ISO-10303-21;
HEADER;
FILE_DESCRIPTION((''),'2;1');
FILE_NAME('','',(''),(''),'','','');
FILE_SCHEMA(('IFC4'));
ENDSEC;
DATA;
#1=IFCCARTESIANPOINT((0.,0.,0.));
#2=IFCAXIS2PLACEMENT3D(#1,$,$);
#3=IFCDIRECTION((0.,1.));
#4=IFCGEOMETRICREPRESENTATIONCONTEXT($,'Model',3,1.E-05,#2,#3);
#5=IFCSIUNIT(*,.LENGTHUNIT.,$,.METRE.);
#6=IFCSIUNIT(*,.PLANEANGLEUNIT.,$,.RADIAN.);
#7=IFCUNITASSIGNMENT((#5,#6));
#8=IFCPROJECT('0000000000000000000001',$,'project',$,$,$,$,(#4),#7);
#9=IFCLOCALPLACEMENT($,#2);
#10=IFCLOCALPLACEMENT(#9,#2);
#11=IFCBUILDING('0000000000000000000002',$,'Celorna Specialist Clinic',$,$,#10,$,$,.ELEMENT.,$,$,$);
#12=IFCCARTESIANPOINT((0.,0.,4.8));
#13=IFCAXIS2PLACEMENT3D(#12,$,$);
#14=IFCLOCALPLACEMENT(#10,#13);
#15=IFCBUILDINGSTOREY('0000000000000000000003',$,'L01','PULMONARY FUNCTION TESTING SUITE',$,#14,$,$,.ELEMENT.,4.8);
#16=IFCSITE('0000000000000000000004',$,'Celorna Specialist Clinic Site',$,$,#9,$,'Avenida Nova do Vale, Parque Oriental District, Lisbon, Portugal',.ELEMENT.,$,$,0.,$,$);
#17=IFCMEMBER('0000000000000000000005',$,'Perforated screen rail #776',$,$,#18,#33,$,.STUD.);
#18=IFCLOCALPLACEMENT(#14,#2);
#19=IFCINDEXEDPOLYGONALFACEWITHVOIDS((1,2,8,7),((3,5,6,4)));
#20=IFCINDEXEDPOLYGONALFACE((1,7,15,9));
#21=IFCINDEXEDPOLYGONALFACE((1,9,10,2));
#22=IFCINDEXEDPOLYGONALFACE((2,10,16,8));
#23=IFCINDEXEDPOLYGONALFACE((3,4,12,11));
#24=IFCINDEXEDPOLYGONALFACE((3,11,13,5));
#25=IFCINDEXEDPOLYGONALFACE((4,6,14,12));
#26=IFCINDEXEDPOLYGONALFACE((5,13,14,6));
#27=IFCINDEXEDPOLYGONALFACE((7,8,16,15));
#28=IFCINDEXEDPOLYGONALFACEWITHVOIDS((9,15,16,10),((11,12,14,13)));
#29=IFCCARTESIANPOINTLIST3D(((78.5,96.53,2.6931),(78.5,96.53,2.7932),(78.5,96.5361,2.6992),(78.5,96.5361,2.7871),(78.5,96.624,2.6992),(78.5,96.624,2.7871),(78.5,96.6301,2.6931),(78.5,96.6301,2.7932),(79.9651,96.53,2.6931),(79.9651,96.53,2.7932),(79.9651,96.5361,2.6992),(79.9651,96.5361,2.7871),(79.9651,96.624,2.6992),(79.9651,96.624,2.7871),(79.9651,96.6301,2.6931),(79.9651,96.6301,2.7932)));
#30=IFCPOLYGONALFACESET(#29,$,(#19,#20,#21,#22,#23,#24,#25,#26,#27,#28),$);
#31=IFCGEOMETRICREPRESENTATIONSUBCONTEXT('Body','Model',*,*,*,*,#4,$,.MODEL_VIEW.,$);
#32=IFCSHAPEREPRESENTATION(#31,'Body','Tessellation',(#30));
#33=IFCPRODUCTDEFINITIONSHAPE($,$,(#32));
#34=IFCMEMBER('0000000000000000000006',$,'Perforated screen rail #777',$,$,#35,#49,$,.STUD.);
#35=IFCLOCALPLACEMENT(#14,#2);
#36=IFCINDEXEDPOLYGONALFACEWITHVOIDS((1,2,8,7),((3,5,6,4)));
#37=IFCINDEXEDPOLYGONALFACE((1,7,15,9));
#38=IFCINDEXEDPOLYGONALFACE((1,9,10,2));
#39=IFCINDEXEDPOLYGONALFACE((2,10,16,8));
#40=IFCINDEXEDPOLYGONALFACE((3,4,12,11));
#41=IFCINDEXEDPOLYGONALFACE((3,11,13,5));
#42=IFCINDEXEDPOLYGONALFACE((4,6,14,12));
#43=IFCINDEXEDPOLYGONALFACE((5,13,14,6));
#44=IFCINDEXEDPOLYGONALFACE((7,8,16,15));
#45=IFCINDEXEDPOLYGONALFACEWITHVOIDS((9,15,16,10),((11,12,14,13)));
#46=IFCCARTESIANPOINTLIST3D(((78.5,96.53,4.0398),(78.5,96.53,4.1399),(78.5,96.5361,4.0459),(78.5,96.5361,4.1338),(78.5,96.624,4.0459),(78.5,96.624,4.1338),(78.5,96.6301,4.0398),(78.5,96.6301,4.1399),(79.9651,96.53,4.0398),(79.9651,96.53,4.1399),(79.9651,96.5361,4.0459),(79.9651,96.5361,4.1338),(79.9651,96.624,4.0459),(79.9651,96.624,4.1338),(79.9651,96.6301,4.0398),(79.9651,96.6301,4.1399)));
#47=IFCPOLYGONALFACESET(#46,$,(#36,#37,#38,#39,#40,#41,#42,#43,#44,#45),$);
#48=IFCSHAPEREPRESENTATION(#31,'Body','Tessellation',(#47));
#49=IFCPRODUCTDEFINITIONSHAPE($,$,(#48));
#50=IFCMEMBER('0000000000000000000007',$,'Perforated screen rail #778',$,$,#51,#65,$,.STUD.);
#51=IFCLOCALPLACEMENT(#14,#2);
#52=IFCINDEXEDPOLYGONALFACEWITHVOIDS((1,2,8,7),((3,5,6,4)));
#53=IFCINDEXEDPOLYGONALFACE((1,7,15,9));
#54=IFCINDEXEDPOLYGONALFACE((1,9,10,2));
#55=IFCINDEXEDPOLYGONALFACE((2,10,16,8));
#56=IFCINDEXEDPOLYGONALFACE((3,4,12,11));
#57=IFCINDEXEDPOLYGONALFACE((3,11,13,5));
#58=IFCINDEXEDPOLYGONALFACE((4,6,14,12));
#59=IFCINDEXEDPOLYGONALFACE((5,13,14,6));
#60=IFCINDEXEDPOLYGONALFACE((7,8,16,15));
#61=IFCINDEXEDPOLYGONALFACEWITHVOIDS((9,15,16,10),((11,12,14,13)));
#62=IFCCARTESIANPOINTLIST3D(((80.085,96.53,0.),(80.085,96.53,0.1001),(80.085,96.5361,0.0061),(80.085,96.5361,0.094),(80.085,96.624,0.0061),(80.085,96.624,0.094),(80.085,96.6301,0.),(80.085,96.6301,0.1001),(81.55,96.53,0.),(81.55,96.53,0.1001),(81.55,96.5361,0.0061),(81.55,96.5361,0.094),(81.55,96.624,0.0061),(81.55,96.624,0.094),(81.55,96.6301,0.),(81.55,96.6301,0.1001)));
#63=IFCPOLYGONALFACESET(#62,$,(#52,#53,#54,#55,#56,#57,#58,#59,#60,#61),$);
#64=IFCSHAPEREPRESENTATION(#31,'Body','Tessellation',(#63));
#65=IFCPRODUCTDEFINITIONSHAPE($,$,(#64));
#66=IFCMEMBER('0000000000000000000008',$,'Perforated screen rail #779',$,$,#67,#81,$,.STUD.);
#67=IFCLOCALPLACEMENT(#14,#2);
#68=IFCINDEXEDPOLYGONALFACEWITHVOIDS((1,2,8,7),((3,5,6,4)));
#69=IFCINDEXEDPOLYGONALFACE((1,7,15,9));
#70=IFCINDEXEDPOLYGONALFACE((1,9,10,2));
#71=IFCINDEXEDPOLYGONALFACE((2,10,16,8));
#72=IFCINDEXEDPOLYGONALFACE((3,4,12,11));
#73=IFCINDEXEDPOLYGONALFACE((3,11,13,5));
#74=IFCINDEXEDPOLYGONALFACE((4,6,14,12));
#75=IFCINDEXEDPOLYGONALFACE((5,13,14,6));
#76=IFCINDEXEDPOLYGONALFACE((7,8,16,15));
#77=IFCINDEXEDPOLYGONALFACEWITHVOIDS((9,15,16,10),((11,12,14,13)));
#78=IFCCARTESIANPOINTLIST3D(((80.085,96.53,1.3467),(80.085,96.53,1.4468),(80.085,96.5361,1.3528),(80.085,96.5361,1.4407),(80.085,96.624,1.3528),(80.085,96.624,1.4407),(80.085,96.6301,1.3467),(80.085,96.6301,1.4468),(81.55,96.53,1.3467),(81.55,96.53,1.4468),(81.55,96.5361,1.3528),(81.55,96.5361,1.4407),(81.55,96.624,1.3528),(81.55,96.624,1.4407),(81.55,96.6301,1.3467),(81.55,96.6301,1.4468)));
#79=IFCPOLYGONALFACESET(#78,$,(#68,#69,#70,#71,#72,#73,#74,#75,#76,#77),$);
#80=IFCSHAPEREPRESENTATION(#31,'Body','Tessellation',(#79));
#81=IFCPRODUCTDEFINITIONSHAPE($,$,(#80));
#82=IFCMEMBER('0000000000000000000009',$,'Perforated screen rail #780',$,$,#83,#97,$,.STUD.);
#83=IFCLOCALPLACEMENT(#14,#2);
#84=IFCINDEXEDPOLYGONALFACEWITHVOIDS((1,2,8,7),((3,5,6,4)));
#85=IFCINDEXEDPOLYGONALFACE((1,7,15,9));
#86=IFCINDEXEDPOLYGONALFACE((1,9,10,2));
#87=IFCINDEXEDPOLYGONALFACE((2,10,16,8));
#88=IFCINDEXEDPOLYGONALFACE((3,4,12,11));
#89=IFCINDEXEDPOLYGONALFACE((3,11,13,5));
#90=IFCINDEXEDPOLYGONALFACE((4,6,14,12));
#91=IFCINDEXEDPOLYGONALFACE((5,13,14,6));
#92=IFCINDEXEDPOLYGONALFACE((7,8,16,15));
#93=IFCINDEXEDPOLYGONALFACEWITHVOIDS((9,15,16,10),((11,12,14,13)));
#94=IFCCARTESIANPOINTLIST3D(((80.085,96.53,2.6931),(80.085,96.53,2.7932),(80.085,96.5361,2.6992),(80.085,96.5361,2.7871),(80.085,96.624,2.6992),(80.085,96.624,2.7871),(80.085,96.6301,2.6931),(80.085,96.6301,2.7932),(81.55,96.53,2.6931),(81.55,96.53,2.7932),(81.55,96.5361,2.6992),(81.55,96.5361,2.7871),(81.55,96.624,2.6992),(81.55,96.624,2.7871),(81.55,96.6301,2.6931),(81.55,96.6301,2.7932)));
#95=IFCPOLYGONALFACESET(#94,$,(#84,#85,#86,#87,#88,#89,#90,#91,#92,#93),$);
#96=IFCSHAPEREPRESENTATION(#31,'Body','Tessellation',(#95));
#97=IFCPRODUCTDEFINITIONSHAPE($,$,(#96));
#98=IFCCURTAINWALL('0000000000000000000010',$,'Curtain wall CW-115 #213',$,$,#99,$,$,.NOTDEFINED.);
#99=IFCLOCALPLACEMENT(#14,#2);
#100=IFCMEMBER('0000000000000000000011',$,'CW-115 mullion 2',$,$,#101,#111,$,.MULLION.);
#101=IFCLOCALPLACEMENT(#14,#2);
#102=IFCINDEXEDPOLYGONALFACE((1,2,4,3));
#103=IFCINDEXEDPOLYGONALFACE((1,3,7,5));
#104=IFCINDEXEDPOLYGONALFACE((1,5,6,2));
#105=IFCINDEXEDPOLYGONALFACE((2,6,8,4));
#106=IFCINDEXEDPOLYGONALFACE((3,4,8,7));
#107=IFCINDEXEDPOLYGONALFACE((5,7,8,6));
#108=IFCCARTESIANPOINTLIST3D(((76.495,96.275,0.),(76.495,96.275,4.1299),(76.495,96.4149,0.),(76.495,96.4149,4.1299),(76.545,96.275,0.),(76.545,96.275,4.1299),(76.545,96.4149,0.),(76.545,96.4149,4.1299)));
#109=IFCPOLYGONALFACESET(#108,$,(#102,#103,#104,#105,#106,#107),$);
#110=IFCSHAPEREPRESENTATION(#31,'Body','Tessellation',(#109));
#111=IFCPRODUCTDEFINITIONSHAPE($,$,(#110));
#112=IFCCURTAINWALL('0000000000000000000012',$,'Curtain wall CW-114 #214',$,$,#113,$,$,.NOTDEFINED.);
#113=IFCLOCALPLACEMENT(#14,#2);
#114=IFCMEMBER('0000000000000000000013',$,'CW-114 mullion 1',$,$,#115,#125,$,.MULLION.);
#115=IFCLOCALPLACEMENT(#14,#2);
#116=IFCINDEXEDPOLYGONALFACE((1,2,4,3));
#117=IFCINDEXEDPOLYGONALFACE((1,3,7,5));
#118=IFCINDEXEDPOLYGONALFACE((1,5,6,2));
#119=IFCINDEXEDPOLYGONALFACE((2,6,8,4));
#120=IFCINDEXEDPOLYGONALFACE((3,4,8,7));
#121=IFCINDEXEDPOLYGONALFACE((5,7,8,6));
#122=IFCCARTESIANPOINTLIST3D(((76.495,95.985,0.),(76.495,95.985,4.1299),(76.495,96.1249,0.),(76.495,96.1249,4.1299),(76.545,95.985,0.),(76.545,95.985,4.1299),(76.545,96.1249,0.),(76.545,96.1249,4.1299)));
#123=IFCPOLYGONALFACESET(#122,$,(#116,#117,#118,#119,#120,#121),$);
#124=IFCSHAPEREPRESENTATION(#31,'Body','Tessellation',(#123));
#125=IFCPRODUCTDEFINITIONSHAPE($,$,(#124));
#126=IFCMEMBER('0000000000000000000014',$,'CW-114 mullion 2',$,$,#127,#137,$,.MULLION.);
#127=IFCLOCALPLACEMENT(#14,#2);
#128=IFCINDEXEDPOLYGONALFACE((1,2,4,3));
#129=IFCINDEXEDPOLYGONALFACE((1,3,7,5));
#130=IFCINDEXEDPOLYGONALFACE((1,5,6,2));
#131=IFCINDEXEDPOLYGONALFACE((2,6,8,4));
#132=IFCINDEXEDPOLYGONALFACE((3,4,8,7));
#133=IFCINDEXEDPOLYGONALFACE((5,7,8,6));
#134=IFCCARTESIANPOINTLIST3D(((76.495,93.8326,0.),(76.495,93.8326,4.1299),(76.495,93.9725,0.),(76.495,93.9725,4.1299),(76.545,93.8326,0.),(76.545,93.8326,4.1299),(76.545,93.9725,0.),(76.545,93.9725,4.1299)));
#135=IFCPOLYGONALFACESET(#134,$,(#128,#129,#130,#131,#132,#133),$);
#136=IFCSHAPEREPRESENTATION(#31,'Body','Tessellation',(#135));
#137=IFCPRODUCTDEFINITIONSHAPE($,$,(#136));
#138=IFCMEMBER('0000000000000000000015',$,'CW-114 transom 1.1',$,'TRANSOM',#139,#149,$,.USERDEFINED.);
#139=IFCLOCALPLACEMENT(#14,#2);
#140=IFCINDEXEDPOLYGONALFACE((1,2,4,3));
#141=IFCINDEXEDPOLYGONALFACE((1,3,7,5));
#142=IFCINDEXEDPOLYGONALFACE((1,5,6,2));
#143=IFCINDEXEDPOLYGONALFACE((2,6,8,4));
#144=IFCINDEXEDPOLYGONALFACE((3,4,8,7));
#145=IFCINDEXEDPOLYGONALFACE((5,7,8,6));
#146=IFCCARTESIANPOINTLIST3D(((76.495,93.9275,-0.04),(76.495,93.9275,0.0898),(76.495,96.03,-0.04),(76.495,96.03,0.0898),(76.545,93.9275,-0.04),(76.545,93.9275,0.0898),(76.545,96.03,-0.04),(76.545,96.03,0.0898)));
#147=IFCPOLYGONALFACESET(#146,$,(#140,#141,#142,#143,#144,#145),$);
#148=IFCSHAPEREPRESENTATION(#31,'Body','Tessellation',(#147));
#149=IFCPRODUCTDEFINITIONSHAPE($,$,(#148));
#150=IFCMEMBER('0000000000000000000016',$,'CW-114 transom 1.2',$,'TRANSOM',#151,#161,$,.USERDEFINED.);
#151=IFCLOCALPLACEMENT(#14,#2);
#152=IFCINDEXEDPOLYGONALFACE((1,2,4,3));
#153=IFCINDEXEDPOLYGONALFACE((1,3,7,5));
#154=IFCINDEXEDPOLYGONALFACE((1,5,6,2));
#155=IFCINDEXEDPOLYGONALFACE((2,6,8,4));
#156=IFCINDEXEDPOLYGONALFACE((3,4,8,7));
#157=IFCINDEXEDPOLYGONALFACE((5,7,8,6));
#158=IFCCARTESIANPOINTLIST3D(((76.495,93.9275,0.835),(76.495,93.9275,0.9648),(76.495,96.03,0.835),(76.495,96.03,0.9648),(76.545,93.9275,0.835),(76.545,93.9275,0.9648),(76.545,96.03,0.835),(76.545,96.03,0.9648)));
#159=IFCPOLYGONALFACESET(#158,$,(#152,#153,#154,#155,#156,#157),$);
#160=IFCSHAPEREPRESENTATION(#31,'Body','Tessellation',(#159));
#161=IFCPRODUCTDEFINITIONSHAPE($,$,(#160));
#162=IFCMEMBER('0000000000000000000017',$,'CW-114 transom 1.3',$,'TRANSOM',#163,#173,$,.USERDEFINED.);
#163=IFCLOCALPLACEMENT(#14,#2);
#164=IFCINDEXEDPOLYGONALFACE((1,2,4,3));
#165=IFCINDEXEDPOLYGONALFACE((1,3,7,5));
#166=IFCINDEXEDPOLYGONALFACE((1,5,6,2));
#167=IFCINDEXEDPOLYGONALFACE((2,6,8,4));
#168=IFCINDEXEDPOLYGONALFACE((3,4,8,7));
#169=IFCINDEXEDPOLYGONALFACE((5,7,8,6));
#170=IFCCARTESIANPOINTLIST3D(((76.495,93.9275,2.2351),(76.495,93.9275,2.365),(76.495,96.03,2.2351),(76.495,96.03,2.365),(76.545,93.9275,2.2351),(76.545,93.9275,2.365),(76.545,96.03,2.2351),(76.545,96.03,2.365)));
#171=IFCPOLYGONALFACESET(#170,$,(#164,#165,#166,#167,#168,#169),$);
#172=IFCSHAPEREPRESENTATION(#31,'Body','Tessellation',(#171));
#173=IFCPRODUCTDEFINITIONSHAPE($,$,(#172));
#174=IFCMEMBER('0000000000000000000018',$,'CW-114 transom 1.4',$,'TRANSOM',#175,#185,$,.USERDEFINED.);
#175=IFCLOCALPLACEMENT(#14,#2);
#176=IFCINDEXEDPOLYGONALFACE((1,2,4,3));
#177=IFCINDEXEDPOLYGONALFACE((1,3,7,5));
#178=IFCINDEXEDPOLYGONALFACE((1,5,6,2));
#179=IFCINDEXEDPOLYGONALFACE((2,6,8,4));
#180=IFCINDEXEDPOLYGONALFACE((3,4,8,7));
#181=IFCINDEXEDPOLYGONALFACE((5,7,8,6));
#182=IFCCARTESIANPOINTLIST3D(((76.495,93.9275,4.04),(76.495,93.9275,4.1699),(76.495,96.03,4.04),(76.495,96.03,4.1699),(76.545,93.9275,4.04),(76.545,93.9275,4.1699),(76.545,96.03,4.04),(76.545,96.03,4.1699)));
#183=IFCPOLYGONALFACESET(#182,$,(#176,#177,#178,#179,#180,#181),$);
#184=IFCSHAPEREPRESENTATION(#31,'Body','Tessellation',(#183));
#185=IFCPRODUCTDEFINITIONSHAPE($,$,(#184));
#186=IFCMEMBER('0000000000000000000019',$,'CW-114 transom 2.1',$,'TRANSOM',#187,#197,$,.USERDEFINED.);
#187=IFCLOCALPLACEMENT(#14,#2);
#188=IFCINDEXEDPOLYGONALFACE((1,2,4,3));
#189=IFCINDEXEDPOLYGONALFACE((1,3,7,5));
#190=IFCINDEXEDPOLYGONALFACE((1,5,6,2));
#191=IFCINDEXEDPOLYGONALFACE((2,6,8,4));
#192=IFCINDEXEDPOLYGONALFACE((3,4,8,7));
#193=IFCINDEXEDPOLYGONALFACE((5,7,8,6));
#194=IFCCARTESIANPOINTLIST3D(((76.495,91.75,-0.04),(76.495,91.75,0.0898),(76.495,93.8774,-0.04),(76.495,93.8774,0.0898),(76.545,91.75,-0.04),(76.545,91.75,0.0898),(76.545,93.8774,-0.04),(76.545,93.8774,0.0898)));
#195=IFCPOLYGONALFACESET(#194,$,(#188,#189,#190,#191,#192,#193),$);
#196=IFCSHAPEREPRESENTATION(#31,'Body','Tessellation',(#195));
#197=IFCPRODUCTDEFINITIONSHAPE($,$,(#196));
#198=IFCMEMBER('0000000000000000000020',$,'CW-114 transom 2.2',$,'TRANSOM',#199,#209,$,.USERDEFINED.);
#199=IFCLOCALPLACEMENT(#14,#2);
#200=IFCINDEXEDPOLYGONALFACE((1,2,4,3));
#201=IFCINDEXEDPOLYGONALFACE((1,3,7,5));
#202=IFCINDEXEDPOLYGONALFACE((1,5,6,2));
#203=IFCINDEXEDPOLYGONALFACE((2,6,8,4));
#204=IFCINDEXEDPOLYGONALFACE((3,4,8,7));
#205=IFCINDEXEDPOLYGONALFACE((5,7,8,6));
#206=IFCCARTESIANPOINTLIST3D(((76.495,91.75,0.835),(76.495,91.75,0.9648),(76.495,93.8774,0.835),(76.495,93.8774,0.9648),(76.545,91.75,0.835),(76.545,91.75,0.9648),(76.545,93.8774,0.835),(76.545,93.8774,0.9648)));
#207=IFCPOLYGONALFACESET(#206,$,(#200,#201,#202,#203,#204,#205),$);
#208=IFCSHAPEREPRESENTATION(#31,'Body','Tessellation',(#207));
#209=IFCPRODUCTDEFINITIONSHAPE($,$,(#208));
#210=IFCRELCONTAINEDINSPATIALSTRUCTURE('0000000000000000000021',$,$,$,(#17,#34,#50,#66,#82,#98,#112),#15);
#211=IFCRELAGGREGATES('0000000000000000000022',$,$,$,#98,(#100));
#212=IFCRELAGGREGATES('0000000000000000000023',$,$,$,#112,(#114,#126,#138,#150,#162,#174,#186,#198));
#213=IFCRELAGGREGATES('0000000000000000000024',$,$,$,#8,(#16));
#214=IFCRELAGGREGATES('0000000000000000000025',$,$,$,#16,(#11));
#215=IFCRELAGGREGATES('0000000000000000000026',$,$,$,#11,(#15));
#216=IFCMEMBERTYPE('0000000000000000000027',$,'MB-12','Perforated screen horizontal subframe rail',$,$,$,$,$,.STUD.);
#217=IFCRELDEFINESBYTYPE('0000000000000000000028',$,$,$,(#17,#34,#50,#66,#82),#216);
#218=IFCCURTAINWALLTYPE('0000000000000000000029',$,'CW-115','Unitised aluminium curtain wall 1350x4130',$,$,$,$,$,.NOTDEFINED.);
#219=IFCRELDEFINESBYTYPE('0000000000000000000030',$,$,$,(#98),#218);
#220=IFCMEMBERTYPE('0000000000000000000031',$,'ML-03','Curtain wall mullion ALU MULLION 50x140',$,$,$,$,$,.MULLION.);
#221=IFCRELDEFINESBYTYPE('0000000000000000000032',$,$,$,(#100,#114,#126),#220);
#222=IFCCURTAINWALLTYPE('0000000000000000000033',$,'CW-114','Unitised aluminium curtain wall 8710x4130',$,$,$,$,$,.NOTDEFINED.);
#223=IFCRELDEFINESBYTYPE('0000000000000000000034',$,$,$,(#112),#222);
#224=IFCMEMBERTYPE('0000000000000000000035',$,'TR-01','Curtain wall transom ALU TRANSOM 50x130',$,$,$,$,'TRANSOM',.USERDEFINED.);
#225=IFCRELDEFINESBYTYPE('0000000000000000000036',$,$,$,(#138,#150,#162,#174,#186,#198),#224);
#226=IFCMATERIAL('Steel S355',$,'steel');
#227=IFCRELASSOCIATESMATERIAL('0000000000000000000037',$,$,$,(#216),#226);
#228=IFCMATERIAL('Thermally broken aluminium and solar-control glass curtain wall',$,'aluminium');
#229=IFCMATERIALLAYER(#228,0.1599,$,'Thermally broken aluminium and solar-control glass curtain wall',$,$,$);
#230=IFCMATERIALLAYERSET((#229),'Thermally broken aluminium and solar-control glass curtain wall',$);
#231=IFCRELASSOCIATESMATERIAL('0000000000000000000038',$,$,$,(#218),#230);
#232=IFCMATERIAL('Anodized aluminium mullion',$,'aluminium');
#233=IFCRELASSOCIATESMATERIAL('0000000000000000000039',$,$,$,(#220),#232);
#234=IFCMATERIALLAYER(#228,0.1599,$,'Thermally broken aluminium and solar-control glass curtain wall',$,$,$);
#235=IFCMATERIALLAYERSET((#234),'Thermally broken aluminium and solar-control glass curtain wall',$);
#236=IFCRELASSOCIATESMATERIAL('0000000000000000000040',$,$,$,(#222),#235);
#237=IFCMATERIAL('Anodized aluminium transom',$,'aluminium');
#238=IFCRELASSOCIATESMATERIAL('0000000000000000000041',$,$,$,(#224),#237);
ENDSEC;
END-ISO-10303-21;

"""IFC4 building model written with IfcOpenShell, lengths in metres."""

from ifc_helpers import new_model, si_unit, direction, frame, origin, origin_2d, place, context, subcontext, project, spatial, rectangle, hollow_rectangle, extrude, material, layer, layer_set, material_profile, profile_set, type_object, element, aggregate, save


model = new_model("IFC4")

# Units and contexts
model_context = context("Model", 3, precision=1e-05, world=origin(), true_north=direction((0.0, 1.0)))
body_context = subcontext(model_context, "Body", "Model", "MODEL_VIEW")
ifc_project = project(units=[si_unit("LENGTHUNIT", "METRE"), si_unit("PLANEANGLEUNIT", "RADIAN")], contexts=[model_context])

# Site, building, storey
site_placement = place(None, origin())
site = spatial("IfcSite", under=ifc_project, at=site_placement, Name="Celorna Specialist Clinic Site", LongName="Avenida Nova do Vale, Parque Oriental District, Lisbon, Portugal", CompositionType="ELEMENT", RefElevation=0.0)
building_placement = place(site_placement, origin())
building = spatial("IfcBuilding", under=site, at=building_placement, Name="Celorna Specialist Clinic", CompositionType="ELEMENT")
storey_placement = place(building_placement, frame((0.0, 0.0, 4.8)))
storey = spatial("IfcBuildingStorey", under=building, at=storey_placement, Name="L01", Description="PULMONARY FUNCTION TESTING SUITE", CompositionType="ELEMENT", Elevation=4.8)

# Shared definitions
ifc_material_1 = material(Name="Steel S355", Category="steel")

# Members
ifc_material_profile_1 = material_profile(ifc_material_1, hollow_rectangle(XDim=0.1001, YDim=0.1001, WallThickness=0.0061, at=origin_2d()), Name="SHS 100x100x6")
ifc_profile_set_1 = profile_set([ifc_material_profile_1], Name="Steel S355")
member_type_1 = type_object("IfcMemberType", Name="MB-12", Description="Perforated screen horizontal subframe rail", PredefinedType="STUD", material=ifc_profile_set_1)
for number, where, z_axis, x_axis, name in (
    (1, (78.5, 96.5801, 2.7432), (1.0, 0.0, 0.0), (0.0, 1.0, 0.0), "Perforated screen rail #776"),
    (2, (78.5, 96.5801, 4.0898), (1.0, 0.0, 0.0), (0.0, 1.0, 0.0), "Perforated screen rail #777"),
    (3, (80.085, 96.5801, 0.05), (1.0, 0.0, 0.0), (0.0, 1.0, 0.0), "Perforated screen rail #778"),
    (4, (80.085, 96.5801, 1.3967), (1.0, 0.0, 0.0), (0.0, 1.0, 0.0), "Perforated screen rail #779"),
    (5, (80.085, 96.5801, 2.7432), (1.0, 0.0, 0.0), (0.0, 1.0, 0.0), "Perforated screen rail #780"),
):
    element("IfcMember", number, at=place(storey_placement, frame(where, z_axis=z_axis, x_axis=x_axis)), inside=storey, type_object=member_type_1, Name=name, PredefinedType="STUD", context=body_context, shape_type="SweptSolid", body=[
        extrude(hollow_rectangle(XDim=0.1001, YDim=0.1001, WallThickness=0.0061, at=origin_2d()), origin(), (0.0, 0.0, 1.0), 1.4651),
    ])

# Curtain wall, member
ifc_material_2 = material(Name="Thermally broken aluminium and solar-control glass curtain wall", Category="aluminium")
ifc_layer_1 = layer(ifc_material_2, 0.1599, Name="Thermally broken aluminium and solar-control glass curtain wall")
ifc_layer_set_1 = layer_set([ifc_layer_1], Name="Thermally broken aluminium and solar-control glass curtain wall")
curtain_wall_type_1 = type_object("IfcCurtainWallType", Name="CW-115", Description="Unitised aluminium curtain wall 1350x4130", PredefinedType="NOTDEFINED", material=ifc_layer_set_1)
curtain_wall_1_placement = place(storey_placement, origin())
curtain_wall_1 = element("IfcCurtainWall", 6, at=curtain_wall_1_placement, inside=storey, type_object=curtain_wall_type_1, Name="Curtain wall CW-115 #213", PredefinedType="NOTDEFINED")
ifc_material_3 = material(Name="Anodized aluminium mullion", Category="aluminium")
ifc_material_profile_2 = material_profile(ifc_material_3, rectangle(XDim=0.05, YDim=0.1399, at=origin_2d()), Name="ALU MULLION 50x140")
ifc_profile_set_2 = profile_set([ifc_material_profile_2], Name="Anodized aluminium mullion")
member_type_2 = type_object("IfcMemberType", Name="ML-03", Description="Curtain wall mullion ALU MULLION 50x140", PredefinedType="MULLION", material=ifc_profile_set_2)
member_1_placement = place(storey_placement, frame((76.52, 96.345, 0.0), z_axis=(0.0, 0.0, 1.0), x_axis=(1.0, 0.0, 0.0)))
member_1 = element("IfcMember", 7, at=member_1_placement, type_object=member_type_2, Name="CW-115 mullion 2", PredefinedType="MULLION", context=body_context, shape_type="SweptSolid", body=[
    extrude(rectangle(XDim=0.05, YDim=0.1399, at=origin_2d()), origin(), (0.0, 0.0, 1.0), 4.1299),
])
aggregate(curtain_wall_1, [member_1])

# Curtain wall, members
ifc_layer_2 = layer(ifc_material_2, 0.1599, Name="Thermally broken aluminium and solar-control glass curtain wall")
ifc_layer_set_2 = layer_set([ifc_layer_2], Name="Thermally broken aluminium and solar-control glass curtain wall")
curtain_wall_type_2 = type_object("IfcCurtainWallType", Name="CW-114", Description="Unitised aluminium curtain wall 8710x4130", PredefinedType="NOTDEFINED", material=ifc_layer_set_2)
curtain_wall_2_placement = place(storey_placement, origin())
curtain_wall_2 = element("IfcCurtainWall", 8, at=curtain_wall_2_placement, inside=storey, type_object=curtain_wall_type_2, Name="Curtain wall CW-114 #214", PredefinedType="NOTDEFINED")
member_2_placement = place(storey_placement, frame((76.52, 96.0549, 0.0), z_axis=(0.0, 0.0, 1.0), x_axis=(1.0, 0.0, 0.0)))
member_2 = element("IfcMember", 9, at=member_2_placement, type_object=member_type_2, Name="CW-114 mullion 1", PredefinedType="MULLION", context=body_context, shape_type="SweptSolid", body=[
    extrude(rectangle(XDim=0.05, YDim=0.1399, at=origin_2d()), origin(), (0.0, 0.0, 1.0), 4.1299),
])
member_3_placement = place(storey_placement, frame((76.52, 93.9026, 0.0), z_axis=(0.0, 0.0, 1.0), x_axis=(1.0, 0.0, 0.0)))
member_3 = element("IfcMember", 10, at=member_3_placement, type_object=member_type_2, Name="CW-114 mullion 2", PredefinedType="MULLION", context=body_context, shape_type="SweptSolid", body=[
    extrude(rectangle(XDim=0.05, YDim=0.1399, at=origin_2d()), origin(), (0.0, 0.0, 1.0), 4.1299),
])
ifc_material_4 = material(Name="Anodized aluminium transom", Category="aluminium")
ifc_material_profile_3 = material_profile(ifc_material_4, rectangle(XDim=0.05, YDim=0.1299, at=origin_2d()), Name="ALU TRANSOM 50x130")
ifc_profile_set_3 = profile_set([ifc_material_profile_3], Name="Anodized aluminium transom")
member_type_3 = type_object("IfcMemberType", Name="TR-01", Description="Curtain wall transom ALU TRANSOM 50x130", ElementType="TRANSOM", PredefinedType="USERDEFINED", material=ifc_profile_set_3)
member_4_placement = place(storey_placement, frame((76.52, 96.03, 0.0249), z_axis=(0.0, -1.0, 0.0), x_axis=(1.0, 0.0, 0.0)))
member_4 = element("IfcMember", 11, at=member_4_placement, type_object=member_type_3, Name="CW-114 transom 1.1", ObjectType="TRANSOM", PredefinedType="USERDEFINED", context=body_context, shape_type="SweptSolid", body=[
    extrude(rectangle(XDim=0.05, YDim=0.1299, at=origin_2d()), origin(), (0.0, 0.0, 1.0), 2.1025),
])
member_5_placement = place(storey_placement, frame((76.52, 96.03, 0.8999), z_axis=(0.0, -1.0, 0.0), x_axis=(1.0, 0.0, 0.0)))
member_5 = element("IfcMember", 12, at=member_5_placement, type_object=member_type_3, Name="CW-114 transom 1.2", ObjectType="TRANSOM", PredefinedType="USERDEFINED", context=body_context, shape_type="SweptSolid", body=[
    extrude(rectangle(XDim=0.05, YDim=0.1299, at=origin_2d()), origin(), (0.0, 0.0, 1.0), 2.1025),
])
member_6_placement = place(storey_placement, frame((76.52, 96.03, 2.3), z_axis=(0.0, -1.0, 0.0), x_axis=(1.0, 0.0, 0.0)))
member_6 = element("IfcMember", 13, at=member_6_placement, type_object=member_type_3, Name="CW-114 transom 1.3", ObjectType="TRANSOM", PredefinedType="USERDEFINED", context=body_context, shape_type="SweptSolid", body=[
    extrude(rectangle(XDim=0.05, YDim=0.1299, at=origin_2d()), origin(), (0.0, 0.0, 1.0), 2.1025),
])
member_7_placement = place(storey_placement, frame((76.52, 96.03, 4.105), z_axis=(0.0, -1.0, 0.0), x_axis=(1.0, 0.0, 0.0)))
member_7 = element("IfcMember", 14, at=member_7_placement, type_object=member_type_3, Name="CW-114 transom 1.4", ObjectType="TRANSOM", PredefinedType="USERDEFINED", context=body_context, shape_type="SweptSolid", body=[
    extrude(rectangle(XDim=0.05, YDim=0.1299, at=origin_2d()), origin(), (0.0, 0.0, 1.0), 2.1025),
])
member_8_placement = place(storey_placement, frame((76.52, 93.8774, 0.0249), z_axis=(0.0, -1.0, 0.0), x_axis=(1.0, 0.0, 0.0)))
member_8 = element("IfcMember", 15, at=member_8_placement, type_object=member_type_3, Name="CW-114 transom 2.1", ObjectType="TRANSOM", PredefinedType="USERDEFINED", context=body_context, shape_type="SweptSolid", body=[
    extrude(rectangle(XDim=0.05, YDim=0.1299, at=origin_2d()), origin(), (0.0, 0.0, 1.0), 2.1274),
])
member_9_placement = place(storey_placement, frame((76.52, 93.8774, 0.8999), z_axis=(0.0, -1.0, 0.0), x_axis=(1.0, 0.0, 0.0)))
member_9 = element("IfcMember", 16, at=member_9_placement, type_object=member_type_3, Name="CW-114 transom 2.2", ObjectType="TRANSOM", PredefinedType="USERDEFINED", context=body_context, shape_type="SweptSolid", body=[
    extrude(rectangle(XDim=0.05, YDim=0.1299, at=origin_2d()), origin(), (0.0, 0.0, 1.0), 2.1274),
])
aggregate(curtain_wall_2, [member_2, member_3, member_4, member_5, member_6, member_7, member_8, member_9])

save(model, "model.ifc")
